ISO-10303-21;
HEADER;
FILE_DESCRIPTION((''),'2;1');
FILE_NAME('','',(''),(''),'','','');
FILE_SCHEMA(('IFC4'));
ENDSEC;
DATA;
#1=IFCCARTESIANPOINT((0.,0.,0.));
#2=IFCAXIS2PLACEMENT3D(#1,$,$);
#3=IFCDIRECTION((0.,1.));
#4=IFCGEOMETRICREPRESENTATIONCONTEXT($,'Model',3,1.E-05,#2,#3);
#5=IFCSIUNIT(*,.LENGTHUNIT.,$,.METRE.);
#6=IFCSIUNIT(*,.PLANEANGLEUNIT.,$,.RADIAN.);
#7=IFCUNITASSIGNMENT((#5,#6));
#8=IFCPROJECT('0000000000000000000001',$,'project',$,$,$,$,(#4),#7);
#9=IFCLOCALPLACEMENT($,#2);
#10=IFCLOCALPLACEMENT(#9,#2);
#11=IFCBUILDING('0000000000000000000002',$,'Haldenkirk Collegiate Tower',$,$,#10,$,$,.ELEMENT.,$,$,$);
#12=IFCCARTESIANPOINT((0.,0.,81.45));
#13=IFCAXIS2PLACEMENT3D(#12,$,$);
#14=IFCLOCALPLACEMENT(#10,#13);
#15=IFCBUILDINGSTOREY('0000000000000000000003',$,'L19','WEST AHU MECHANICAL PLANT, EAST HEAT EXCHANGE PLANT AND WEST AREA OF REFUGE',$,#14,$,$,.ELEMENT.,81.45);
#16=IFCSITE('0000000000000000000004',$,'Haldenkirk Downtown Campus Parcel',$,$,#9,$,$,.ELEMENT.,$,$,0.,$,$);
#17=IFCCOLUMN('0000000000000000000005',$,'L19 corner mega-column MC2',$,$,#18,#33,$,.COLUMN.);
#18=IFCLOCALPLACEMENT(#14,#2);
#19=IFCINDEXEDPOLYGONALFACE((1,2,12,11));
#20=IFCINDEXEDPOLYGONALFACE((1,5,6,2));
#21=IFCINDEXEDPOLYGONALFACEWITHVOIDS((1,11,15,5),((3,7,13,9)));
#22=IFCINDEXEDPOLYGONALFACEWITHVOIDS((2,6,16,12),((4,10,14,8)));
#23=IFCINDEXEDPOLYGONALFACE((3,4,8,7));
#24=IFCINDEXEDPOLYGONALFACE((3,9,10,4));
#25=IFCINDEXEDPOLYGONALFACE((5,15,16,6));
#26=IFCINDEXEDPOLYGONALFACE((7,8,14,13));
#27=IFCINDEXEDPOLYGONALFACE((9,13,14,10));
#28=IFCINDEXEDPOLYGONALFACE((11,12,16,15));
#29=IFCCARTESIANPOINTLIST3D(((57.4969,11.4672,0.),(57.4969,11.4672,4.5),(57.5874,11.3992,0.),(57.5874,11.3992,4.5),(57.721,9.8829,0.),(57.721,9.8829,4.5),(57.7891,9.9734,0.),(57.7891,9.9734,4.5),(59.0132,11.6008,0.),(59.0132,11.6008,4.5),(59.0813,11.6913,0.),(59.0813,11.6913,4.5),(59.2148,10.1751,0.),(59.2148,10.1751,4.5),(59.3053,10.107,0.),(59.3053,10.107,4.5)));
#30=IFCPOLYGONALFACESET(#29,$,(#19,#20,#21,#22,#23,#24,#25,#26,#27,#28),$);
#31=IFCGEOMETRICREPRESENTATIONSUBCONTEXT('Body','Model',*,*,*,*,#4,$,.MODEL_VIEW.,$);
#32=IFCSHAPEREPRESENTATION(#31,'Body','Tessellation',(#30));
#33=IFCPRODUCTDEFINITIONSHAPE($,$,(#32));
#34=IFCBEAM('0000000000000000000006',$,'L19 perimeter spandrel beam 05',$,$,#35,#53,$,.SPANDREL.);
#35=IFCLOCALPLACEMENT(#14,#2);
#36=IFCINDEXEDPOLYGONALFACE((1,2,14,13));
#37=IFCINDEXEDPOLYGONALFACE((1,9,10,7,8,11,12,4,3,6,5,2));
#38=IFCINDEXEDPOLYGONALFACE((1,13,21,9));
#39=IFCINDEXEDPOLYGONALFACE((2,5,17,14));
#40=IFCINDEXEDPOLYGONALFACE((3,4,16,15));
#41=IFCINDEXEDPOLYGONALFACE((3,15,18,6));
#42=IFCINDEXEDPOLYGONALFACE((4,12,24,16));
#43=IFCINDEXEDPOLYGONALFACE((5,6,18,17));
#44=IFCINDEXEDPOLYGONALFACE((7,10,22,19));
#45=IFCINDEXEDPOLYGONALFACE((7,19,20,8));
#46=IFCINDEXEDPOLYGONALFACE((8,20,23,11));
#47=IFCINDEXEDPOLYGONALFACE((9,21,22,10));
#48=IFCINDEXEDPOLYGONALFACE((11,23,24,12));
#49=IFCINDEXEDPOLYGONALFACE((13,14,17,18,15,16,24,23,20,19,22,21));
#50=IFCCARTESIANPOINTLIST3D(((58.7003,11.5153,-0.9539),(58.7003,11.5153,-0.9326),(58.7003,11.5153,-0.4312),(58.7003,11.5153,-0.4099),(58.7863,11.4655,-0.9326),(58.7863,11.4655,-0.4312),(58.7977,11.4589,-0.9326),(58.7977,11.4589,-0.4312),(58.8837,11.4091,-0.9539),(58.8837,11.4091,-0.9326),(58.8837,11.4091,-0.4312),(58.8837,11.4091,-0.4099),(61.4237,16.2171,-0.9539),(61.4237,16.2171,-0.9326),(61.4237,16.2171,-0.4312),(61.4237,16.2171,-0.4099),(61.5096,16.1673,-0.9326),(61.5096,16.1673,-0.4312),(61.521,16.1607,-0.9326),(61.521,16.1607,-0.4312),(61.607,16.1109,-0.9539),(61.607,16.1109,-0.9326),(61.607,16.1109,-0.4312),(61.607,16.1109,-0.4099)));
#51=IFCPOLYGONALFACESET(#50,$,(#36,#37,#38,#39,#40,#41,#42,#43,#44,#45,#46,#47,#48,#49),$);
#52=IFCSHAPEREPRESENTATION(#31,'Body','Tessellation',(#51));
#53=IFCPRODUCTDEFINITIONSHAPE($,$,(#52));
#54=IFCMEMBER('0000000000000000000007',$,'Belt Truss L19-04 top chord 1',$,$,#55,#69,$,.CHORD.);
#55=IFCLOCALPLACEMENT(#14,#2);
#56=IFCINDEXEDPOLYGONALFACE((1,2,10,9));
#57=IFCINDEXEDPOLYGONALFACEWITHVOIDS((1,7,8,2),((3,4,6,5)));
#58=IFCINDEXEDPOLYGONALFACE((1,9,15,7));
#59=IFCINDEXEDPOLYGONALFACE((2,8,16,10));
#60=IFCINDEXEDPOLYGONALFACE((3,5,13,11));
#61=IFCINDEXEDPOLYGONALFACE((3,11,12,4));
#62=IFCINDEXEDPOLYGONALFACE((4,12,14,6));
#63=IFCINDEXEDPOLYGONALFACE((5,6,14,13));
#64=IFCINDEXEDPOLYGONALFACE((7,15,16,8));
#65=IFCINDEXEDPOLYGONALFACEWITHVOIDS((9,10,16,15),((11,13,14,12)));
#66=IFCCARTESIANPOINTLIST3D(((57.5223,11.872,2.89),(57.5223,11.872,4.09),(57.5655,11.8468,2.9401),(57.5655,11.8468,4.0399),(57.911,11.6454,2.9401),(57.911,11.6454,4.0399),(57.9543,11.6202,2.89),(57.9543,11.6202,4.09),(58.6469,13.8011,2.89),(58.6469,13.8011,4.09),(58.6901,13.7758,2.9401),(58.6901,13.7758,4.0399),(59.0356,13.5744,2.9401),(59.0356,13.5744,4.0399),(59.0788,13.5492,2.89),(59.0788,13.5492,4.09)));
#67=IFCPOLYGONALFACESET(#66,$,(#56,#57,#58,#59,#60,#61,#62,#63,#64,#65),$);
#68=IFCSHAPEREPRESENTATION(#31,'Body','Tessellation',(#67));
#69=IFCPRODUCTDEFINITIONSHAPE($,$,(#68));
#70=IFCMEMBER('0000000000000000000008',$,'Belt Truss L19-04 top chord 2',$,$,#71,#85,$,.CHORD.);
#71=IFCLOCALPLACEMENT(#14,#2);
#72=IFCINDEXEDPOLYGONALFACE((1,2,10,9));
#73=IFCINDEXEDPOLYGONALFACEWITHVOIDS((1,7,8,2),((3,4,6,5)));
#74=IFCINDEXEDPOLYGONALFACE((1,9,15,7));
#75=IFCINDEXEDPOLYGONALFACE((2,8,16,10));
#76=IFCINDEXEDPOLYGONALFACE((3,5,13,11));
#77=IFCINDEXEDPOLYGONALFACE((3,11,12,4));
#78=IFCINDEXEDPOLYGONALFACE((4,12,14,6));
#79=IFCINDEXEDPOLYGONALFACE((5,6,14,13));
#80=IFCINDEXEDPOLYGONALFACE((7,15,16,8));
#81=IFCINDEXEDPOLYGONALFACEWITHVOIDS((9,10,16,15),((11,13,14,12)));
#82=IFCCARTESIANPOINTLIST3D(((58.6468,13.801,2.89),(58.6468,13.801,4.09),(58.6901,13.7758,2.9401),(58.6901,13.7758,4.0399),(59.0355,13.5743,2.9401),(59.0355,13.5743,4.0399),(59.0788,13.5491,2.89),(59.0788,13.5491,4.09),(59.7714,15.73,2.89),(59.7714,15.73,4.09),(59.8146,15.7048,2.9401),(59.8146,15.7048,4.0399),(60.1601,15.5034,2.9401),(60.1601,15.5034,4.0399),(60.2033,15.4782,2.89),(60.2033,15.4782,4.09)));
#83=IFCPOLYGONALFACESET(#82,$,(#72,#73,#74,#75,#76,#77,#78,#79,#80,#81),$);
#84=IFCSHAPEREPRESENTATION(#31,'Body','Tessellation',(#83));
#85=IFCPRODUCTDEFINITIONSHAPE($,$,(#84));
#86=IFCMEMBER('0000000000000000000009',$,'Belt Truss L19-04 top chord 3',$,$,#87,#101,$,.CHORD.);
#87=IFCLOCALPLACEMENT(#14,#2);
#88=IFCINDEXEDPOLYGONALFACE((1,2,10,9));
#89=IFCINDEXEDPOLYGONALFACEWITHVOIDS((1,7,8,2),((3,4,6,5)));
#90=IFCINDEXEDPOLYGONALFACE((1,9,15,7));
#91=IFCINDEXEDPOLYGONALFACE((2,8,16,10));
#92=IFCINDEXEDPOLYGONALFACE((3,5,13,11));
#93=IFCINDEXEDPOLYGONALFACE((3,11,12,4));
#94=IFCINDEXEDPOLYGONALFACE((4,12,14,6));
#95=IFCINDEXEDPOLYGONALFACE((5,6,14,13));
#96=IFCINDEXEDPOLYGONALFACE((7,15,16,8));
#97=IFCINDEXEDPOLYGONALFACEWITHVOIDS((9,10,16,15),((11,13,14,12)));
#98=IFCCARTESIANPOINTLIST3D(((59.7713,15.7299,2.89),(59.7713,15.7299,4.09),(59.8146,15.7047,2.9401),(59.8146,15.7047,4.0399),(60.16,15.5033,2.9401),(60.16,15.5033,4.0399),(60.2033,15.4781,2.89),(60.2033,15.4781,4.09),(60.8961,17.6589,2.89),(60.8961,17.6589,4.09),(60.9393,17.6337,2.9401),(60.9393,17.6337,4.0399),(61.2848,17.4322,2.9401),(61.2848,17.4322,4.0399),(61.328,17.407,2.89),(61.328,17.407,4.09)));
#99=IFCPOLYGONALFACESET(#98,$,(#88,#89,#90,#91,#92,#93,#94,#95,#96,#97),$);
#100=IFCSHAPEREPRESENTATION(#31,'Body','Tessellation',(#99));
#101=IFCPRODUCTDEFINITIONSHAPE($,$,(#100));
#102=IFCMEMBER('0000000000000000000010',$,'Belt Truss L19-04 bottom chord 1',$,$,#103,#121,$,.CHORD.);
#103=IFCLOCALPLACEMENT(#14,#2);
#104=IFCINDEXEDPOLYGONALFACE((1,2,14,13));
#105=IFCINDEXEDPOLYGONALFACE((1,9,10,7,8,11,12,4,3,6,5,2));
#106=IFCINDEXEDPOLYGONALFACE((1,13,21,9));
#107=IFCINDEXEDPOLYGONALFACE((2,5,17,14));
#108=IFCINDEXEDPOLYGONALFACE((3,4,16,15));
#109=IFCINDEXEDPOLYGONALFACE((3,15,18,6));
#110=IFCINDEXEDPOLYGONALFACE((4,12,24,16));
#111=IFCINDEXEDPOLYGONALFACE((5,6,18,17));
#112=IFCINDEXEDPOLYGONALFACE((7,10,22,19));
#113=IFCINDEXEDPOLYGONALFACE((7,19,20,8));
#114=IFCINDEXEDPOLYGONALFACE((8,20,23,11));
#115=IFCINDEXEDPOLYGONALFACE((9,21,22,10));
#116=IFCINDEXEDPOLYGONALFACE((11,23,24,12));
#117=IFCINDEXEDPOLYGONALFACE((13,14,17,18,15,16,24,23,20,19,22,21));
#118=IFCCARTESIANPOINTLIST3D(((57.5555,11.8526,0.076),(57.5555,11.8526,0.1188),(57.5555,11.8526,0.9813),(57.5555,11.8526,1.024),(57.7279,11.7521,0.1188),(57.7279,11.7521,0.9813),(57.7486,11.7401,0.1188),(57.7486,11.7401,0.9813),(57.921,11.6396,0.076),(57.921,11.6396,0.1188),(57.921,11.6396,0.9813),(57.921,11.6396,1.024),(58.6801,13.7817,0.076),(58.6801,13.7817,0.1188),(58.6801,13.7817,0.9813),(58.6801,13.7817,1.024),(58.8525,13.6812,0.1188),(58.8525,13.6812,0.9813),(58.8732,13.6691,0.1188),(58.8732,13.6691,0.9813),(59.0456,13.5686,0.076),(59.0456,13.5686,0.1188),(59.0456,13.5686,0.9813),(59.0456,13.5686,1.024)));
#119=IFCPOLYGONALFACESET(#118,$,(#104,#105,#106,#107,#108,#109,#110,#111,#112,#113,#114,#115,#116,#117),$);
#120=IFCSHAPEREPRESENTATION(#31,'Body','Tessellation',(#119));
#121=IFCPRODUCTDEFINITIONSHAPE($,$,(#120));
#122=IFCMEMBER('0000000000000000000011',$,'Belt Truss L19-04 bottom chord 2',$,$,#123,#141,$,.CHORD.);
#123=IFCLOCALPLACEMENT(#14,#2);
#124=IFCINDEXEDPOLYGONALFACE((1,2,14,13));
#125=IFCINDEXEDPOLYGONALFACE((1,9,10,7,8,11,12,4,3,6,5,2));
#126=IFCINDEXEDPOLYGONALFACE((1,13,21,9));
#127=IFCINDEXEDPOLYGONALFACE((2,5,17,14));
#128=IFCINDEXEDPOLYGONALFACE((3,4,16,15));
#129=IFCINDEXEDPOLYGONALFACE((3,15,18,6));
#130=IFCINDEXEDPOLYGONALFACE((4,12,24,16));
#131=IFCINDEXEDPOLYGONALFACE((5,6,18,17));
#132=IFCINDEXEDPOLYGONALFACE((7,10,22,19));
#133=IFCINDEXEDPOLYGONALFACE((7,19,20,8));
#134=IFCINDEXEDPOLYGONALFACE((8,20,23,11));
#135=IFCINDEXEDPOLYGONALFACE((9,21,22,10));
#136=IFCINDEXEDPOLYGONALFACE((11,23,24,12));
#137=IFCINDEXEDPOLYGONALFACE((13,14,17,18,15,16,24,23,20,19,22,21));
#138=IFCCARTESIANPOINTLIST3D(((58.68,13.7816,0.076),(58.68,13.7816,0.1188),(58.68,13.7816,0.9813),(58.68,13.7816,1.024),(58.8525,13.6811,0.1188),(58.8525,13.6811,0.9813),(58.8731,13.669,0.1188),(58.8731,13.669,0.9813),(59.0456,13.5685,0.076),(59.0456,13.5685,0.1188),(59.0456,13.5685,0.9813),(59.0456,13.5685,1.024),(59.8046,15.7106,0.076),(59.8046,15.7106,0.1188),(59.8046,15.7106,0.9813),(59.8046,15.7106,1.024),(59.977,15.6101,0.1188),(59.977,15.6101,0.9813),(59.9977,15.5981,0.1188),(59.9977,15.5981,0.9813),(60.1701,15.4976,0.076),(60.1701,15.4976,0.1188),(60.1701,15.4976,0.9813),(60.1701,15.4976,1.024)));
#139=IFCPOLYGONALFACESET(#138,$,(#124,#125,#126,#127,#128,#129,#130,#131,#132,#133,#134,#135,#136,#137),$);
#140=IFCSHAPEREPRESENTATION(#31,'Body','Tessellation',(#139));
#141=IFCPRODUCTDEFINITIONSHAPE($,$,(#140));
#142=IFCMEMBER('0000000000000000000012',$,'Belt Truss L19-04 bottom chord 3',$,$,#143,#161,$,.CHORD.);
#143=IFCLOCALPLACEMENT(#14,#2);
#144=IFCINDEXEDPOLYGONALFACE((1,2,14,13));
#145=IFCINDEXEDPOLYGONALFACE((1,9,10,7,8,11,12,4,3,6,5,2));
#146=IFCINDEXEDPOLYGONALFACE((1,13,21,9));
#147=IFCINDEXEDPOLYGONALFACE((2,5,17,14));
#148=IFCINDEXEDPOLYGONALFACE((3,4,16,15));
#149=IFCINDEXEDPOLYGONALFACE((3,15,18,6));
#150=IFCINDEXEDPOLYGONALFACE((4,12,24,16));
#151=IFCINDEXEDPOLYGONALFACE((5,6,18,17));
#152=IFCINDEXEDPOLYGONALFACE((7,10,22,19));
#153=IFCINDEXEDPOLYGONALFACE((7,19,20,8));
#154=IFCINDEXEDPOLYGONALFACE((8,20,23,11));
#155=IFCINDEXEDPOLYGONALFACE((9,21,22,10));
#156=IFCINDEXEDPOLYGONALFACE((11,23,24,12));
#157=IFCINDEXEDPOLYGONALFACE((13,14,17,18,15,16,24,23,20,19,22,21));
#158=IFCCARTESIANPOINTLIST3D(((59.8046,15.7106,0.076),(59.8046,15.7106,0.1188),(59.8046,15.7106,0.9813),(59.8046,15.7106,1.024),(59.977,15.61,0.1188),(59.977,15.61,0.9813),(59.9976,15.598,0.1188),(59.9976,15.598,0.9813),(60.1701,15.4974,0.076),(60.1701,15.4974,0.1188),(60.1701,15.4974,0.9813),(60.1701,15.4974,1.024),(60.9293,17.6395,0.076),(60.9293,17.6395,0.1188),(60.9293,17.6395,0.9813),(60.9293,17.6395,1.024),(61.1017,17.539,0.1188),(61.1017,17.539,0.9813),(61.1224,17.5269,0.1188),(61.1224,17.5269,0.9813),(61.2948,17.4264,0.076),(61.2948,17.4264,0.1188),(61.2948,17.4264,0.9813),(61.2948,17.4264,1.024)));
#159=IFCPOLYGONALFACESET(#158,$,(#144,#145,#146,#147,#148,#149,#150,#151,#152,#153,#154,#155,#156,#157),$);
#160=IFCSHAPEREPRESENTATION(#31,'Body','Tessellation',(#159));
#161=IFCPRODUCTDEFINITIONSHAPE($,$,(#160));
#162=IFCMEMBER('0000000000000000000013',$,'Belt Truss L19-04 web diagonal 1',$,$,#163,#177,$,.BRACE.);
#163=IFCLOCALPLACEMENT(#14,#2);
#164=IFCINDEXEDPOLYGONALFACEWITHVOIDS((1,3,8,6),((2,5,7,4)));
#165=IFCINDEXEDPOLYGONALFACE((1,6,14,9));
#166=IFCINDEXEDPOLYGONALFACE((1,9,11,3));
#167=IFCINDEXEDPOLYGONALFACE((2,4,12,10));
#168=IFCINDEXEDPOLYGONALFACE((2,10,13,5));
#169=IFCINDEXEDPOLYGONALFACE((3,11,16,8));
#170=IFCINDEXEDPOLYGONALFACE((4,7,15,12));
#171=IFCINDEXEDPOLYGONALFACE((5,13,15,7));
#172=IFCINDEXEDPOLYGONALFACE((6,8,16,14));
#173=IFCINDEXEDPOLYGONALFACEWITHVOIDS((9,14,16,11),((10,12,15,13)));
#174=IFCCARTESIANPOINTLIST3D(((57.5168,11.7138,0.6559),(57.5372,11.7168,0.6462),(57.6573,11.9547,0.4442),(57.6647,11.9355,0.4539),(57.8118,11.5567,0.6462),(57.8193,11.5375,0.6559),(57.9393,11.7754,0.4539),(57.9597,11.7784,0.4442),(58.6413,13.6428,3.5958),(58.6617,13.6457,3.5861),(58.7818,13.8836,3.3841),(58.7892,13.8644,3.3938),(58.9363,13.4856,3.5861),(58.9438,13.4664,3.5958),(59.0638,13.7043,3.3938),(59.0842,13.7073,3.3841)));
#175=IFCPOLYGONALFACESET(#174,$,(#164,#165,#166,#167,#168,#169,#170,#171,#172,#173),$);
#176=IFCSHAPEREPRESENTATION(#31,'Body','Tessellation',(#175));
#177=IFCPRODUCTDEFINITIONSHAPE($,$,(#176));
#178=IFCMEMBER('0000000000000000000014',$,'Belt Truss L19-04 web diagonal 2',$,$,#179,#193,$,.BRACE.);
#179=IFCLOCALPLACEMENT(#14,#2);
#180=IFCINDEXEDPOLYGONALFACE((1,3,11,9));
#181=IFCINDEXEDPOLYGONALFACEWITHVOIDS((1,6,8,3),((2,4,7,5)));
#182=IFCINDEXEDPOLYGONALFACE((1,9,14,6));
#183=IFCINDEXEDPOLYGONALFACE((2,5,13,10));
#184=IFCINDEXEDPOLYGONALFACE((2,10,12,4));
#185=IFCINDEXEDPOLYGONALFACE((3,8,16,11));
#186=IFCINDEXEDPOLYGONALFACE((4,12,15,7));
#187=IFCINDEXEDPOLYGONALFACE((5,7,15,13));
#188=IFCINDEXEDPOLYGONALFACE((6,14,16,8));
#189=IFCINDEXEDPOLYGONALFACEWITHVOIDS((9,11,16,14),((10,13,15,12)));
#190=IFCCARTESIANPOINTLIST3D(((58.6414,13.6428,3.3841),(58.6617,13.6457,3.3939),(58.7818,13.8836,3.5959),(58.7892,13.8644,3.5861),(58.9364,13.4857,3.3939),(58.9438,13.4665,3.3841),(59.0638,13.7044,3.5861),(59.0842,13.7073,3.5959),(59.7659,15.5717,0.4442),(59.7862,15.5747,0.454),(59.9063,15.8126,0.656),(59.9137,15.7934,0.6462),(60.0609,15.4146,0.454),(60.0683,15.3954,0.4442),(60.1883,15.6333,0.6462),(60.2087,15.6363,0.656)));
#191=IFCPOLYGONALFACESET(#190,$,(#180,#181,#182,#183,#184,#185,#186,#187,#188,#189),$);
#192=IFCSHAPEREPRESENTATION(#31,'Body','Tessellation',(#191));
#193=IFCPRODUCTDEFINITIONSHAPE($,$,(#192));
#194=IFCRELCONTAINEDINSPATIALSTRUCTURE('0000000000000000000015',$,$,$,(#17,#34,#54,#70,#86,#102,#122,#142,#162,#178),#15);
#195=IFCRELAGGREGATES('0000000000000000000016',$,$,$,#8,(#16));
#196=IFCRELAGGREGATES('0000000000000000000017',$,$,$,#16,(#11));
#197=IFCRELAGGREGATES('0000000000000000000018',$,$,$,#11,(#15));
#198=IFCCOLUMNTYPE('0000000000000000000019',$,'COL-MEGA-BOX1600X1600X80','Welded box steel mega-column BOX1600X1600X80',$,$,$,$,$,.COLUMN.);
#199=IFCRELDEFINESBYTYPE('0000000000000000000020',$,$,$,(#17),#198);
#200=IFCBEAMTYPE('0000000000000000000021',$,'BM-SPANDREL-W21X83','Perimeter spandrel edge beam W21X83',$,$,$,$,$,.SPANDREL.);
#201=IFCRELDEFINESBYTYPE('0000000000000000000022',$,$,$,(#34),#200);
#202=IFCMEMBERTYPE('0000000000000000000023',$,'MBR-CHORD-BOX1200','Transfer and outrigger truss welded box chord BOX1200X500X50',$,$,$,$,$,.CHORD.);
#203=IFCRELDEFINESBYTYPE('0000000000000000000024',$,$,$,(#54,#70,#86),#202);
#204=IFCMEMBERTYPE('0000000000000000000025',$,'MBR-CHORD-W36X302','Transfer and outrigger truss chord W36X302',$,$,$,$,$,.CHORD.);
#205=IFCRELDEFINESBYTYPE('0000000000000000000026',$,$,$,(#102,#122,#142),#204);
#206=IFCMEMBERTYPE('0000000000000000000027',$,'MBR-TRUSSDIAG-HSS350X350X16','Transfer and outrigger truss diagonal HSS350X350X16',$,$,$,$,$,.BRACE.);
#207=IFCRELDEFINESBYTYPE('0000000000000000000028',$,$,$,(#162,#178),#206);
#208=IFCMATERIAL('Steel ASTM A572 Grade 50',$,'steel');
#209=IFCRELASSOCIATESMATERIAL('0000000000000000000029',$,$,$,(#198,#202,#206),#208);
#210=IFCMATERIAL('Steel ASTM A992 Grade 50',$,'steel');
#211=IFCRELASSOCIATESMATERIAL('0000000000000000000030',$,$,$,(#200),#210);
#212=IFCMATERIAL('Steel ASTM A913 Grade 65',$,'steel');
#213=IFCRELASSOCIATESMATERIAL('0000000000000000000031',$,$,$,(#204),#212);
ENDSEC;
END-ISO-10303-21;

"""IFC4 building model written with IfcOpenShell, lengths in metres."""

from ifc_helpers import new_model, si_unit, direction, frame, origin, origin_2d, place, context, subcontext, project, spatial, hollow_rectangle, i_section, extrude, material, material_profile, profile_set, type_object, element, save


model = new_model("IFC4")

# Units and contexts
model_context = context("Model", 3, precision=1e-05, world=origin(), true_north=direction((0.0, 1.0)))
body_context = subcontext(model_context, "Body", "Model", "MODEL_VIEW")
ifc_project = project(units=[si_unit("LENGTHUNIT", "METRE"), si_unit("PLANEANGLEUNIT", "RADIAN")], contexts=[model_context])

# Site, building, storey
site_placement = place(None, origin())
site = spatial("IfcSite", under=ifc_project, at=site_placement, Name="Haldenkirk Downtown Campus Parcel", CompositionType="ELEMENT", RefElevation=0.0)
building_placement = place(site_placement, origin())
building = spatial("IfcBuilding", under=site, at=building_placement, Name="Haldenkirk Collegiate Tower", CompositionType="ELEMENT")
storey_placement = place(building_placement, frame((0.0, 0.0, 81.45)))
storey = spatial("IfcBuildingStorey", under=building, at=storey_placement, Name="L19", Description="WEST AHU MECHANICAL PLANT, EAST HEAT EXCHANGE PLANT AND WEST AREA OF REFUGE", CompositionType="ELEMENT", Elevation=81.45)

# Column
ifc_material_1 = material(Name="Steel ASTM A572 Grade 50", Category="steel")
ifc_material_profile_1 = material_profile(ifc_material_1, hollow_rectangle(XDim=1.6001, YDim=1.6001, WallThickness=0.0801, at=origin_2d()), Name="BOX1600X1600X80")
ifc_profile_set_1 = profile_set([ifc_material_profile_1], Name="Steel ASTM A572 Grade 50")
column_type = type_object("IfcColumnType", Name="COL-MEGA-BOX1600X1600X80", Description="Welded box steel mega-column BOX1600X1600X80", PredefinedType="COLUMN", material=ifc_profile_set_1)
column_placement = place(storey_placement, frame((58.4011, 10.7871, 0.0), z_axis=(0.0, 0.0, 1.0), x_axis=(0.990146, 0.140037, 0.0)))
element("IfcColumn", 1, at=column_placement, inside=storey, type_object=column_type, Name="L19 corner mega-column MC2", PredefinedType="COLUMN", context=body_context, shape_type="SweptSolid", body=[
    extrude(hollow_rectangle(XDim=1.6001, YDim=1.6001, WallThickness=0.0801, at=origin_2d()), origin(), (0.0, 0.0, 1.0), 4.5),
])

# Beam
ifc_material_2 = material(Name="Steel ASTM A992 Grade 50", Category="steel")
ifc_material_profile_2 = material_profile(ifc_material_2, i_section(OverallWidth=0.2119, OverallDepth=0.5439, WebThickness=0.0132, FlangeThickness=0.0212, at=origin_2d()), Name="W21X83")
ifc_profile_set_2 = profile_set([ifc_material_profile_2], Name="Steel ASTM A992 Grade 50")
beam_type = type_object("IfcBeamType", Name="BM-SPANDREL-W21X83", Description="Perimeter spandrel edge beam W21X83", PredefinedType="SPANDREL", material=ifc_profile_set_2)
beam_placement = place(storey_placement, frame((58.792, 11.4622, -0.6819), z_axis=(0.501206, 0.865328, 0.0), x_axis=(-0.865328, 0.501206, 0.0)))
element("IfcBeam", 2, at=beam_placement, inside=storey, type_object=beam_type, Name="L19 perimeter spandrel beam 05", PredefinedType="SPANDREL", context=body_context, shape_type="SweptSolid", body=[
    extrude(i_section(OverallWidth=0.2119, OverallDepth=0.5439, WebThickness=0.0132, FlangeThickness=0.0212, at=origin_2d()), origin(), (0.0, 0.0, 1.0), 5.4336),
])

# Members
ifc_material_profile_3 = material_profile(ifc_material_1, hollow_rectangle(XDim=0.5, YDim=1.2, WallThickness=0.05, at=origin_2d()), Name="BOX1200X500X50")
ifc_profile_set_3 = profile_set([ifc_material_profile_3], Name="Steel ASTM A572 Grade 50")
member_type_1 = type_object("IfcMemberType", Name="MBR-CHORD-BOX1200", Description="Transfer and outrigger truss welded box chord BOX1200X500X50", PredefinedType="CHORD", material=ifc_profile_set_3)
for number, where, z_axis, x_axis, name in (
    (3, (57.7383, 11.7461, 3.49), (0.503633, 0.863918, 0.0), (-0.863918, 0.503633, 0.0), "Belt Truss L19-04 top chord 1"),
    (4, (58.8628, 13.675, 3.49), (0.503633, 0.863918, 0.0), (-0.863918, 0.503633, 0.0), "Belt Truss L19-04 top chord 2"),
    (5, (59.9873, 15.604, 3.49), (0.503715, 0.86387, 0.0), (-0.86387, 0.503715, 0.0), "Belt Truss L19-04 top chord 3"),
):
    element("IfcMember", number, at=place(storey_placement, frame(where, z_axis=z_axis, x_axis=x_axis)), inside=storey, type_object=member_type_1, Name=name, PredefinedType="CHORD", context=body_context, shape_type="SweptSolid", body=[
        extrude(hollow_rectangle(XDim=0.5, YDim=1.2, WallThickness=0.05, at=origin_2d()), origin(), (0.0, 0.0, 1.0), 2.2329),
    ])
ifc_material_3 = material(Name="Steel ASTM A913 Grade 65", Category="steel")
ifc_material_profile_4 = material_profile(ifc_material_3, i_section(OverallWidth=0.4231, OverallDepth=0.948, WebThickness=0.0239, FlangeThickness=0.0427, at=origin_2d()), Name="W36X302")
ifc_profile_set_4 = profile_set([ifc_material_profile_4], Name="Steel ASTM A913 Grade 65")
member_type_2 = type_object("IfcMemberType", Name="MBR-CHORD-W36X302", Description="Transfer and outrigger truss chord W36X302", PredefinedType="CHORD", material=ifc_profile_set_4)
for number, where, z_axis, x_axis, name in (
    (6, (57.7383, 11.7461, 0.55), (0.503633, 0.863918, 0.0), (-0.863918, 0.503633, 0.0), "Belt Truss L19-04 bottom chord 1"),
    (7, (58.8628, 13.675, 0.55), (0.503633, 0.863918, 0.0), (-0.863918, 0.503633, 0.0), "Belt Truss L19-04 bottom chord 2"),
    (8, (59.9873, 15.604, 0.55), (0.503715, 0.86387, 0.0), (-0.86387, 0.503715, 0.0), "Belt Truss L19-04 bottom chord 3"),
):
    element("IfcMember", number, at=place(storey_placement, frame(where, z_axis=z_axis, x_axis=x_axis)), inside=storey, type_object=member_type_2, Name=name, PredefinedType="CHORD", context=body_context, shape_type="SweptSolid", body=[
        extrude(i_section(OverallWidth=0.4231, OverallDepth=0.948, WebThickness=0.0239, FlangeThickness=0.0427, at=origin_2d()), origin(), (0.0, 0.0, 1.0), 2.2329),
    ])
ifc_material_profile_5 = material_profile(ifc_material_1, hollow_rectangle(XDim=0.3501, YDim=0.3501, WallThickness=0.0161, at=origin_2d()), Name="HSS350X350X16")
ifc_profile_set_5 = profile_set([ifc_material_profile_5], Name="Steel ASTM A572 Grade 50")
member_type_3 = type_object("IfcMemberType", Name="MBR-TRUSSDIAG-HSS350X350X16", Description="Transfer and outrigger truss diagonal HSS350X350X16", PredefinedType="BRACE", material=ifc_profile_set_5)
for number, where, z_axis, x_axis, name in (
    (9, (57.7383, 11.7461, 0.55), (0.304605, 0.522511, 0.796365), (-0.863918, 0.503633, 0.0), "Belt Truss L19-04 web diagonal 1"),
    (10, (58.8628, 13.675, 3.49), (0.304605, 0.522511, -0.796365), (-0.863918, 0.503633, 0.0), "Belt Truss L19-04 web diagonal 2"),
):
    element("IfcMember", number, at=place(storey_placement, frame(where, z_axis=z_axis, x_axis=x_axis)), inside=storey, type_object=member_type_3, Name=name, PredefinedType="BRACE", context=body_context, shape_type="SweptSolid", body=[
        extrude(hollow_rectangle(XDim=0.3501, YDim=0.3501, WallThickness=0.0161, at=origin_2d()), origin(), (0.0, 0.0, 1.0), 3.6917),
    ])

save(model, "model.ifc")
